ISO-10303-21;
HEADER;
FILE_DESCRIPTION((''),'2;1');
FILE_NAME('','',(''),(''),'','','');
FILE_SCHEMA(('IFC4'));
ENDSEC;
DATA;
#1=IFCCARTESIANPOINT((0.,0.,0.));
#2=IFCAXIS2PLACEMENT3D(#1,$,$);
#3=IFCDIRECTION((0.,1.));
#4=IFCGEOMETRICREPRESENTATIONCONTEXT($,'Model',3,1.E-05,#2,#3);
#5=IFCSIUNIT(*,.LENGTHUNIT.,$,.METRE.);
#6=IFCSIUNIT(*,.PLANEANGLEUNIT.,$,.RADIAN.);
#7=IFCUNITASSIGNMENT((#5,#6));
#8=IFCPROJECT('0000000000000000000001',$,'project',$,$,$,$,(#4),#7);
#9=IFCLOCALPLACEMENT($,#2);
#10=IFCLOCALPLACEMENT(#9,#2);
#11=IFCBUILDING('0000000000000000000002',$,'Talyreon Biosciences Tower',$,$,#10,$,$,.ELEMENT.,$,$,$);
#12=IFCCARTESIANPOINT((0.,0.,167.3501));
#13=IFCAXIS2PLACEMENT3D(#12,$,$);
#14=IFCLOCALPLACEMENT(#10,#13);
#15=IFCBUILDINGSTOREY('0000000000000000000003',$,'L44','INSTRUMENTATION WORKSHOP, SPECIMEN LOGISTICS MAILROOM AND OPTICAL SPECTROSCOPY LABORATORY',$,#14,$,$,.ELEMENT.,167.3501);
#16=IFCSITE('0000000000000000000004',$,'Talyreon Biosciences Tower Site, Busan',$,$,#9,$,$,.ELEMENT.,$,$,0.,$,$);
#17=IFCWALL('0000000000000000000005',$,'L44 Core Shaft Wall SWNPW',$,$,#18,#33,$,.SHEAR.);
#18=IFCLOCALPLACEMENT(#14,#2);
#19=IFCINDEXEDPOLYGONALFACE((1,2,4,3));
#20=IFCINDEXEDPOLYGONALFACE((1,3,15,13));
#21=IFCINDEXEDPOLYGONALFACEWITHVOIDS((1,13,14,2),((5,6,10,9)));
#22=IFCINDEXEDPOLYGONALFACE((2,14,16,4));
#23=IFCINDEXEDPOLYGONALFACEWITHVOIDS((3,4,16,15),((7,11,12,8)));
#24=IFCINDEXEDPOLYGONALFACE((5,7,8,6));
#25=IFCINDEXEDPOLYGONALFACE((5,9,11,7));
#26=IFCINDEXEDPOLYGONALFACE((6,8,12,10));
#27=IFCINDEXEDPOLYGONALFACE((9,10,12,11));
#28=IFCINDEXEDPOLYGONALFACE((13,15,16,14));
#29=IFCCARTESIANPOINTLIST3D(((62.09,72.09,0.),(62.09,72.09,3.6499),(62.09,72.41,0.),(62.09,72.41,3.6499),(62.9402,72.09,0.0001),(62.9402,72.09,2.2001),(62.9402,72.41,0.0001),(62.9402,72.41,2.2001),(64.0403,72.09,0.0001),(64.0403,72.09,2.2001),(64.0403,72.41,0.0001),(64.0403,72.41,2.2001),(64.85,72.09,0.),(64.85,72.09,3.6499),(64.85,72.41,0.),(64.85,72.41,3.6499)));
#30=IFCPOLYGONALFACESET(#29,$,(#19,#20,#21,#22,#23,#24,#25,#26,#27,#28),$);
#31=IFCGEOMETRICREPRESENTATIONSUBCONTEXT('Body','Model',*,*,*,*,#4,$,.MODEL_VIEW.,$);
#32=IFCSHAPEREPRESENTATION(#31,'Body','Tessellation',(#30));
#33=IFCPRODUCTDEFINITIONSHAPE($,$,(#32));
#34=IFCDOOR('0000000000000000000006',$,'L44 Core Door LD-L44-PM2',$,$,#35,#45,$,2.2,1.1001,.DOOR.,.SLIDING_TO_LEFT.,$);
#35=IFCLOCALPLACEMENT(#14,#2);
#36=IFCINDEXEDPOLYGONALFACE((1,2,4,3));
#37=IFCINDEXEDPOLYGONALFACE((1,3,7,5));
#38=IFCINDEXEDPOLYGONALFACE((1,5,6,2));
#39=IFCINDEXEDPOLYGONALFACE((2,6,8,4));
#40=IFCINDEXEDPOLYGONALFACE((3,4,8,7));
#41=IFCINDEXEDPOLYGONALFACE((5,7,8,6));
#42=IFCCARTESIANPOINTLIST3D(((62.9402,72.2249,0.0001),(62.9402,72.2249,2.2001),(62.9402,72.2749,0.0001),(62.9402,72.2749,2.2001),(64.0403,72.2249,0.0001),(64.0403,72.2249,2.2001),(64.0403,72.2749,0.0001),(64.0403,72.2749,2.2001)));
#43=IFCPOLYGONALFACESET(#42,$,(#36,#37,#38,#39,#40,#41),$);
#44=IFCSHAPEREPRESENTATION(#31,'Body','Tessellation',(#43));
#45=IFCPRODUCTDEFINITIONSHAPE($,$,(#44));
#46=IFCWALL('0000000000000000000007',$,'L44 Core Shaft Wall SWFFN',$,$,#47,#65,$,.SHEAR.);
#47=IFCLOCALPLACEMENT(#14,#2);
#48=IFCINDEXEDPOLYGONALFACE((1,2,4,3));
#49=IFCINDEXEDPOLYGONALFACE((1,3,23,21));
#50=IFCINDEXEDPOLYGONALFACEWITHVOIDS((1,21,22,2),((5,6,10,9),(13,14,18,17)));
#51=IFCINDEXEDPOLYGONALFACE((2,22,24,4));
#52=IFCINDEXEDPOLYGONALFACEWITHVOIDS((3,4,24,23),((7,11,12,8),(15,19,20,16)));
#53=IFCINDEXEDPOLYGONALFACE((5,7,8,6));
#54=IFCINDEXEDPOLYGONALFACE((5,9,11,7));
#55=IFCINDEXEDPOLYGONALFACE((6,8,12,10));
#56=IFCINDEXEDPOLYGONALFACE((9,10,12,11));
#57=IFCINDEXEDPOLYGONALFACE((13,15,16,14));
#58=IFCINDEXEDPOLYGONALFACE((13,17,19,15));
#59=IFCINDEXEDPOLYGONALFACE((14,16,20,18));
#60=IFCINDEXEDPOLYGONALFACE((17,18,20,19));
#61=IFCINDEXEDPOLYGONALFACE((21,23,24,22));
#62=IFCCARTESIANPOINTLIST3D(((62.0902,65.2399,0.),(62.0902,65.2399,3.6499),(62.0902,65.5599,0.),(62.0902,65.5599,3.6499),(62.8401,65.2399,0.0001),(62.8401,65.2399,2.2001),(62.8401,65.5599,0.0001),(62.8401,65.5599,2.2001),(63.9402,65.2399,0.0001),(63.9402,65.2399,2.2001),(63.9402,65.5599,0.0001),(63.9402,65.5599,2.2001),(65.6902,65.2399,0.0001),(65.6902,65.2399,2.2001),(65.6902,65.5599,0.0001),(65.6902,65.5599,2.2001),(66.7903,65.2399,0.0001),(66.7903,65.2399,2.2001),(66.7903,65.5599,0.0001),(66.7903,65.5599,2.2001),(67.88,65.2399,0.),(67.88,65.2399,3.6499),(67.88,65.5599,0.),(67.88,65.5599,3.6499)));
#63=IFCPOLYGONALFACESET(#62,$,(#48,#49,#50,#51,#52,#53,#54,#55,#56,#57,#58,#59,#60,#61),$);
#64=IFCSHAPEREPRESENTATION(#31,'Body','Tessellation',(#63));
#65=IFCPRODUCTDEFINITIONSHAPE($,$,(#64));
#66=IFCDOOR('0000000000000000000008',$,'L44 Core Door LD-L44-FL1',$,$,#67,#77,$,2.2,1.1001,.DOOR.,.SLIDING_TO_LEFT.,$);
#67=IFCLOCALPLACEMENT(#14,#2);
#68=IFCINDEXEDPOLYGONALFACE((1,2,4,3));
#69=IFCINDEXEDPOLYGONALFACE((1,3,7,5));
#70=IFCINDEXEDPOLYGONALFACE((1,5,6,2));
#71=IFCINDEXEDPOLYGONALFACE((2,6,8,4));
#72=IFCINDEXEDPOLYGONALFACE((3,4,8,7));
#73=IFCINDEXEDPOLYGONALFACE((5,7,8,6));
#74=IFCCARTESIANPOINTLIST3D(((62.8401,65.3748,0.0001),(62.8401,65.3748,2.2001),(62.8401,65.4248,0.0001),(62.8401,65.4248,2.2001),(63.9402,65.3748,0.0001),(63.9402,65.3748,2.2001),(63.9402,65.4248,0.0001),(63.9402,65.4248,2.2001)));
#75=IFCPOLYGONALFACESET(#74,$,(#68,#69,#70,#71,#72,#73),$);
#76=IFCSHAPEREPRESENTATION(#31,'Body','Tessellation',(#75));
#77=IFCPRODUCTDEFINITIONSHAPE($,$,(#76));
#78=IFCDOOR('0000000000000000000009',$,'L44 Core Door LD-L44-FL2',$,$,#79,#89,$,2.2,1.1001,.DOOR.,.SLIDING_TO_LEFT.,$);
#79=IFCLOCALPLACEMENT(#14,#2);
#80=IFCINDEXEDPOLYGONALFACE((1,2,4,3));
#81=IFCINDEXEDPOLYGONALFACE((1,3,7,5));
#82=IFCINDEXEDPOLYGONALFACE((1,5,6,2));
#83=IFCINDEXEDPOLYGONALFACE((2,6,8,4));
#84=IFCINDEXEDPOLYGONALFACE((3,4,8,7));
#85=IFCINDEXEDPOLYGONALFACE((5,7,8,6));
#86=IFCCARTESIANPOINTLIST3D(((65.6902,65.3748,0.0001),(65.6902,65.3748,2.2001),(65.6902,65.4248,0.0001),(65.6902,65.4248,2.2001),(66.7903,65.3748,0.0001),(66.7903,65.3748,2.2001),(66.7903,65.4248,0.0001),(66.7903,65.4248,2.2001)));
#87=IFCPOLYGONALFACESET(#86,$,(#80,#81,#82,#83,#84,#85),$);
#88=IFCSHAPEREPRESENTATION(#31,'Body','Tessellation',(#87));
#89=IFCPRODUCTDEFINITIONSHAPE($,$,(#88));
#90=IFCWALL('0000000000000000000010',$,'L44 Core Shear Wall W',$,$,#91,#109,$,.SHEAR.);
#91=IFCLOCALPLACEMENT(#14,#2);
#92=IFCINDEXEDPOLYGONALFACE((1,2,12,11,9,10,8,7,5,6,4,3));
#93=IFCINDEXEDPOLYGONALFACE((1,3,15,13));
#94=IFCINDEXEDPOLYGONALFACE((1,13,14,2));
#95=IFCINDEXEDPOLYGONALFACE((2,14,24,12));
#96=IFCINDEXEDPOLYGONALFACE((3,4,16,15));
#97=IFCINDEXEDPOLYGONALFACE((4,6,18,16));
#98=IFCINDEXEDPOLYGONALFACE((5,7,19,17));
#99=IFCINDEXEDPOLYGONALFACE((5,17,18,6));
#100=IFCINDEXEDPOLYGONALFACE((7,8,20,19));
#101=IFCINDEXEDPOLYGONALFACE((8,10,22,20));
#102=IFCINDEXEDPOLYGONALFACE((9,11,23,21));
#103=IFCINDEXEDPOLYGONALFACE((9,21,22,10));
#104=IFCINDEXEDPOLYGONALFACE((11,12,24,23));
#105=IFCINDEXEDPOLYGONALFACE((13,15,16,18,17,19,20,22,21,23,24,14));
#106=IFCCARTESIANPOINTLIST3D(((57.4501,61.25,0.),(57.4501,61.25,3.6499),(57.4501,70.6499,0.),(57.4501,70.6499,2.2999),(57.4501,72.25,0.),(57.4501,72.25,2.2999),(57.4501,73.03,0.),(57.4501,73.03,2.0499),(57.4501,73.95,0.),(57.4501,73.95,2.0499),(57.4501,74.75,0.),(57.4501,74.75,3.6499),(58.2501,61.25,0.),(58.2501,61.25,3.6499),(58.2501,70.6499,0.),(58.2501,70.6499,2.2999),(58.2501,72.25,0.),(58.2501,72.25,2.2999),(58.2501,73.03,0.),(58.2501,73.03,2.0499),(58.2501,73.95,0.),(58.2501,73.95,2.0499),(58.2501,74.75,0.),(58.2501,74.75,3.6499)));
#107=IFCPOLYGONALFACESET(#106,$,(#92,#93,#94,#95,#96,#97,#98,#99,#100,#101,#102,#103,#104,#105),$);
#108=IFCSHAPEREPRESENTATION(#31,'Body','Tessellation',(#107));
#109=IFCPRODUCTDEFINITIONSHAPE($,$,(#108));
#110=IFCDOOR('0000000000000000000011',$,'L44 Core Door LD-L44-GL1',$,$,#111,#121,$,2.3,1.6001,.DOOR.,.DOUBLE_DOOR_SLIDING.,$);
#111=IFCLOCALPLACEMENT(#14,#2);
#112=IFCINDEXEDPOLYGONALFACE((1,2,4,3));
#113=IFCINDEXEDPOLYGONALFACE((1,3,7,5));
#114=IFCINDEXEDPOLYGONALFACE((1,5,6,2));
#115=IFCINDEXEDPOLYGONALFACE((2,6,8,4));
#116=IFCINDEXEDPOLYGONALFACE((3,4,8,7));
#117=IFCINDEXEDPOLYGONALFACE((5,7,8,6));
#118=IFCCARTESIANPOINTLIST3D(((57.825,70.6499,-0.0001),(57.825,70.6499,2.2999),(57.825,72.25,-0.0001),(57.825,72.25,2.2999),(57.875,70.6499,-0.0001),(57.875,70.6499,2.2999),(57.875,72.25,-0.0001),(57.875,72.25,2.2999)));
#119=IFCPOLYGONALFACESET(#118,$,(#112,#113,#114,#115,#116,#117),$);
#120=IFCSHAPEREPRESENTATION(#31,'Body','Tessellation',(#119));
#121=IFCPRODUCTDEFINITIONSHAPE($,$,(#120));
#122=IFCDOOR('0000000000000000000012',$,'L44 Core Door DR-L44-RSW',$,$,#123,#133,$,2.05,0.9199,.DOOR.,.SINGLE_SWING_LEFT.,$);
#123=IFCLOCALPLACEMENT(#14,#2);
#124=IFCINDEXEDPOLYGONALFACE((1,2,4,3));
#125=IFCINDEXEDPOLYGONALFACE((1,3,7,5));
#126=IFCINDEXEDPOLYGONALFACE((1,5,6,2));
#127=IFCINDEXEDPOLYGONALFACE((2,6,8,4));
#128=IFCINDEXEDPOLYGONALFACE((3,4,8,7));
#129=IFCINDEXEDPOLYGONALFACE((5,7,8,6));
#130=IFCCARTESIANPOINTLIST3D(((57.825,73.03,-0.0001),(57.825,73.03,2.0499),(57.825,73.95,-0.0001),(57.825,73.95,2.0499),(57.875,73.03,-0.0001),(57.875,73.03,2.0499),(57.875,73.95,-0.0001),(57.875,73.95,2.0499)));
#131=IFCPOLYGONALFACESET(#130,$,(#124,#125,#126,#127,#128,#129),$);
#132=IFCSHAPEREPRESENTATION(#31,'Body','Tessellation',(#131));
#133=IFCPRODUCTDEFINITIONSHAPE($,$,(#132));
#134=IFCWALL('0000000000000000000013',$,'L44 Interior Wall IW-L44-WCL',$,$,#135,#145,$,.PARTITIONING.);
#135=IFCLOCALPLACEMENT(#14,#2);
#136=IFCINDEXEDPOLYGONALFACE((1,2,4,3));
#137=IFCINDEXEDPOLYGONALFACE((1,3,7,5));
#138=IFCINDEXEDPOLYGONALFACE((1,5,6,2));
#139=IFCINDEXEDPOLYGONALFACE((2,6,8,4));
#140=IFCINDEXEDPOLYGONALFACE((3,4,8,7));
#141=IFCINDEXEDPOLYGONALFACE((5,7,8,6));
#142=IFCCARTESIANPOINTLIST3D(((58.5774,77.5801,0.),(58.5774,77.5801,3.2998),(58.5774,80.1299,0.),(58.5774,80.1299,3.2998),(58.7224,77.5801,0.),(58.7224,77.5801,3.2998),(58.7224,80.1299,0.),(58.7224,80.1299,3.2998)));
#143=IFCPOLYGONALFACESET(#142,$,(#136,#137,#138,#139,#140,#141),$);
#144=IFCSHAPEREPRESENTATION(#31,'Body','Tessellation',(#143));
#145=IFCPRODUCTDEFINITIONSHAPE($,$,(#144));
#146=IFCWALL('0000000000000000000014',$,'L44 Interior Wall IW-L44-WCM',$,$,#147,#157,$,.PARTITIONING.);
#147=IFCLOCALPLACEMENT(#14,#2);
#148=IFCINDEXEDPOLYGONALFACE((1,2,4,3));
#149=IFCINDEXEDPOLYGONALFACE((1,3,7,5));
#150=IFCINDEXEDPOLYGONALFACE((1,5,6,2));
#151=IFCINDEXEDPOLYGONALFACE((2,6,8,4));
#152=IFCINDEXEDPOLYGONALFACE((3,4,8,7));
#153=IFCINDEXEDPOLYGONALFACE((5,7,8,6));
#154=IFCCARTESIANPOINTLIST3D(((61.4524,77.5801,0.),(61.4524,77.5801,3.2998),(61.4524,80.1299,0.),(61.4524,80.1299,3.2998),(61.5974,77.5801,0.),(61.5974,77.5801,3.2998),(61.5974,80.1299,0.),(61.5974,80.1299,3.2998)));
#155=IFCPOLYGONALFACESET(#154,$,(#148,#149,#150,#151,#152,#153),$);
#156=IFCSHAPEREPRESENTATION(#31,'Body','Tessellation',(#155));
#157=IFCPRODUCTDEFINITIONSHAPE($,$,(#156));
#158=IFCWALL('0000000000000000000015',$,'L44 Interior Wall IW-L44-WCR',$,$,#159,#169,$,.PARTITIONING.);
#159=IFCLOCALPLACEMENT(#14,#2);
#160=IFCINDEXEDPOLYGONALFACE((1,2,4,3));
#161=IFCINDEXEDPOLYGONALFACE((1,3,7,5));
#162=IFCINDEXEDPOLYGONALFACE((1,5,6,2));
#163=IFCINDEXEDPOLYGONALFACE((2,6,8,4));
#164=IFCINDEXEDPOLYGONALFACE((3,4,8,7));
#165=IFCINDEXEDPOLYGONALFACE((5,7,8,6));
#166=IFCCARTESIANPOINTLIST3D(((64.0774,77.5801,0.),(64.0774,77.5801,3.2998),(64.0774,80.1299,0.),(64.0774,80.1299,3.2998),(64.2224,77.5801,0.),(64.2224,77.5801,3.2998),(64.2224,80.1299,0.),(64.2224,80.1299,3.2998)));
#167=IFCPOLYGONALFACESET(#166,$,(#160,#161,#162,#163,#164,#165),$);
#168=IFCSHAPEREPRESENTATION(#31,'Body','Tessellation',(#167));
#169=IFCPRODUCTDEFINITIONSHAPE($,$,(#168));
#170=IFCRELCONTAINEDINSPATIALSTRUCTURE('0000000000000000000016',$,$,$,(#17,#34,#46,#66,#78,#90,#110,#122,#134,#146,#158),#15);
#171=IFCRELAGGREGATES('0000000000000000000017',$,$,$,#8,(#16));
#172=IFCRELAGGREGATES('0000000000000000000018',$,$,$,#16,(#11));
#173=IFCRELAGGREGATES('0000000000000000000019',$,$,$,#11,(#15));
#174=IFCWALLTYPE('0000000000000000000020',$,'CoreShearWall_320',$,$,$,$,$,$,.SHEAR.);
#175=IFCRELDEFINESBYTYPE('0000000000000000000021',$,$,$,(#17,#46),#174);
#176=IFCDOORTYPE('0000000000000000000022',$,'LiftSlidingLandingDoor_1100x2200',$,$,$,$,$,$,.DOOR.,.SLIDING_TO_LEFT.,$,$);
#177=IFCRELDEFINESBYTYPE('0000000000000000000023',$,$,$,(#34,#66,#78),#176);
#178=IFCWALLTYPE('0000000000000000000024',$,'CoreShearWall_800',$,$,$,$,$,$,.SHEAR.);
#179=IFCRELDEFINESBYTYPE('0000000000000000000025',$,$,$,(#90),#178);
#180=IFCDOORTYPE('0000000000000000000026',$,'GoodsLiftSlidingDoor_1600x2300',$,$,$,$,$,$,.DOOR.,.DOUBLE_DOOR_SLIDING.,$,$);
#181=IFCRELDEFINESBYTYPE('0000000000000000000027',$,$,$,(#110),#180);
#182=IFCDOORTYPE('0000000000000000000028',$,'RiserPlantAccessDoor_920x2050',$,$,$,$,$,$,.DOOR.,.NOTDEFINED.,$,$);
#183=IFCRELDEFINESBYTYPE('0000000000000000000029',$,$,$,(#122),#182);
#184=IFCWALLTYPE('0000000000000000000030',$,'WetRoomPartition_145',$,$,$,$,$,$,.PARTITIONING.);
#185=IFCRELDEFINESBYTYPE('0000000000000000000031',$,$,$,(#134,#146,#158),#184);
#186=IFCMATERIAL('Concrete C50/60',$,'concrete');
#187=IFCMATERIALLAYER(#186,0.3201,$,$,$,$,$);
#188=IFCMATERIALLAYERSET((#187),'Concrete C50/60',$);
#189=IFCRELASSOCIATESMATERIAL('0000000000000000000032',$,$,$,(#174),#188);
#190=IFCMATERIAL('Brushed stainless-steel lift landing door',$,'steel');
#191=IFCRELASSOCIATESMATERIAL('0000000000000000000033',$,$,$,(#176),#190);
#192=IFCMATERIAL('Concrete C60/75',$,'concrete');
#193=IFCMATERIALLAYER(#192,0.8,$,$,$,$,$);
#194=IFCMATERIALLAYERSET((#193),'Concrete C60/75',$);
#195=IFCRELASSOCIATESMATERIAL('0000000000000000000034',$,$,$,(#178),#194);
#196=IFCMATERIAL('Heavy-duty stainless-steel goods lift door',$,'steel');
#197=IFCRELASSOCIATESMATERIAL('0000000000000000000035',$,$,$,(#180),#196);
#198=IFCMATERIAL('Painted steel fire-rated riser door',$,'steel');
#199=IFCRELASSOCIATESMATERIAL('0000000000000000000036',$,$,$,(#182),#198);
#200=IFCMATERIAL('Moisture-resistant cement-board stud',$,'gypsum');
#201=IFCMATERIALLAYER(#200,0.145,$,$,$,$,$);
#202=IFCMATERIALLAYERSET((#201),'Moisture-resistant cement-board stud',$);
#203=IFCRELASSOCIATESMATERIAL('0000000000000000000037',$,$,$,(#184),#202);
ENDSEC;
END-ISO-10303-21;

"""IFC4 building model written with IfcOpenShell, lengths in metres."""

from ifc_helpers import new_model, si_unit, direction, frame, frame_2d, origin, place, context, subcontext, project, spatial, rectangle, extrude, material, layer, layer_set, type_object, element, fill, save


model = new_model("IFC4")

# Units and contexts
model_context = context("Model", 3, precision=1e-05, world=origin(), true_north=direction((0.0, 1.0)))
body_context = subcontext(model_context, "Body", "Model", "MODEL_VIEW")
ifc_project = project(units=[si_unit("LENGTHUNIT", "METRE"), si_unit("PLANEANGLEUNIT", "RADIAN")], contexts=[model_context])

# Site, building, storey
site_placement = place(None, origin())
site = spatial("IfcSite", under=ifc_project, at=site_placement, Name="Talyreon Biosciences Tower Site, Busan", CompositionType="ELEMENT", RefElevation=0.0)
building_placement = place(site_placement, origin())
building = spatial("IfcBuilding", under=site, at=building_placement, Name="Talyreon Biosciences Tower", CompositionType="ELEMENT")
storey_placement = place(building_placement, frame((0.0, 0.0, 167.3501)))
storey = spatial("IfcBuildingStorey", under=building, at=storey_placement, Name="L44", Description="INSTRUMENTATION WORKSHOP, SPECIMEN LOGISTICS MAILROOM AND OPTICAL SPECTROSCOPY LABORATORY", CompositionType="ELEMENT", Elevation=167.3501)

# Shared definitions
ifc_material_1 = material(Name="Concrete C50/60", Category="concrete")

# Shared definitions
ifc_material_2 = material(Name="Concrete C60/75", Category="concrete")

# Shared definitions
ifc_layer_1 = layer(ifc_material_1, 0.3201)
ifc_layer_set_1 = layer_set([ifc_layer_1], Name="Concrete C50/60")
wall_type_1 = type_object("IfcWallType", Name="CoreShearWall_320", PredefinedType="SHEAR", material=ifc_layer_set_1)

# Shared definitions
ifc_material_3 = material(Name="Brushed stainless-steel lift landing door", Category="steel")
door_type_1 = type_object("IfcDoorType", Name="LiftSlidingLandingDoor_1100x2200", OperationType="SLIDING_TO_LEFT", PredefinedType="DOOR", material=ifc_material_3)

# Wall, opening, door
wall_1_placement = place(storey_placement, frame((62.0901, 72.25, 0.0), z_axis=(0.0, 0.0, 1.0), x_axis=(1.0, 0.0, 0.0)))
wall_1 = element("IfcWall", 1, at=wall_1_placement, inside=storey, type_object=wall_type_1, Name="L44 Core Shaft Wall SWNPW", PredefinedType="SHEAR", context=body_context, shape_type="SweptSolid", body=[
    extrude(rectangle(XDim=2.76, YDim=0.3201, at=frame_2d((1.3799, 0.0))), origin(), (0.0, 0.0, 1.0), 3.6499),
])
opening_1_placement = place(wall_1_placement, frame((0.8501, 0.0, 0.0)))
opening_1 = element("IfcOpeningElement", 2, at=opening_1_placement, cuts=wall_1, PredefinedType="OPENING", context=body_context, shape_type="SweptSolid", body=[
    extrude(rectangle(XDim=1.1001, YDim=2.2, at=frame_2d((0.55, 1.1001))), frame((0.0, 0.1699, 0.0), z_axis=(0.0, -1.0, 0.0), x_axis=(1.0, 0.0, 0.0)), (0.0, 0.0, 1.0), 0.3401),
])
door_1_placement = place(opening_1_placement, origin())
door_1 = element("IfcDoor", 3, at=door_1_placement, inside=storey, type_object=door_type_1, Name="L44 Core Door LD-L44-PM2", OperationType="SLIDING_TO_LEFT", OverallHeight=2.2, OverallWidth=1.1001, PredefinedType="DOOR", context=body_context, shape_type="SweptSolid", body=[
    extrude(rectangle(XDim=1.1001, YDim=2.2, at=frame_2d((0.55, 1.1001))), frame((0.0, 0.0249, 0.0), z_axis=(0.0, -1.0, 0.0), x_axis=(1.0, 0.0, 0.0)), (0.0, 0.0, 1.0), 0.05),
])
fill(opening_1, door_1)

# Walls, openings, doors
wall_2_placement = place(storey_placement, frame((62.0901, 65.3999, 0.0), z_axis=(0.0, 0.0, 1.0), x_axis=(1.0, 0.0, 0.0)))
wall_2 = element("IfcWall", 4, at=wall_2_placement, inside=storey, type_object=wall_type_1, Name="L44 Core Shaft Wall SWFFN", PredefinedType="SHEAR", context=body_context, shape_type="SweptSolid", body=[
    extrude(rectangle(XDim=5.7898, YDim=0.3201, at=frame_2d((2.895, 0.0))), origin(), (0.0, 0.0, 1.0), 3.6499),
])
opening_2_placement = place(wall_2_placement, frame((0.75, 0.0, 0.0)))
opening_2 = element("IfcOpeningElement", 5, at=opening_2_placement, cuts=wall_2, PredefinedType="OPENING", context=body_context, shape_type="SweptSolid", body=[
    extrude(rectangle(XDim=1.1001, YDim=2.2, at=frame_2d((0.55, 1.1001))), frame((0.0, 0.1699, 0.0), z_axis=(0.0, -1.0, 0.0), x_axis=(1.0, 0.0, 0.0)), (0.0, 0.0, 1.0), 0.3401),
])
opening_3_placement = place(wall_2_placement, frame((3.6001, 0.0, 0.0)))
opening_3 = element("IfcOpeningElement", 6, at=opening_3_placement, cuts=wall_2, PredefinedType="OPENING", context=body_context, shape_type="SweptSolid", body=[
    extrude(rectangle(XDim=1.1001, YDim=2.2, at=frame_2d((0.55, 1.1001))), frame((0.0, 0.1699, 0.0), z_axis=(0.0, -1.0, 0.0), x_axis=(1.0, 0.0, 0.0)), (0.0, 0.0, 1.0), 0.3401),
])
door_2_placement = place(opening_2_placement, origin())
door_2 = element("IfcDoor", 7, at=door_2_placement, inside=storey, type_object=door_type_1, Name="L44 Core Door LD-L44-FL1", OperationType="SLIDING_TO_LEFT", OverallHeight=2.2, OverallWidth=1.1001, PredefinedType="DOOR", context=body_context, shape_type="SweptSolid", body=[
    extrude(rectangle(XDim=1.1001, YDim=2.2, at=frame_2d((0.55, 1.1001))), frame((0.0, 0.0249, 0.0), z_axis=(0.0, -1.0, 0.0), x_axis=(1.0, 0.0, 0.0)), (0.0, 0.0, 1.0), 0.05),
])
fill(opening_2, door_2)
door_3_placement = place(opening_3_placement, origin())
door_3 = element("IfcDoor", 8, at=door_3_placement, inside=storey, type_object=door_type_1, Name="L44 Core Door LD-L44-FL2", OperationType="SLIDING_TO_LEFT", OverallHeight=2.2, OverallWidth=1.1001, PredefinedType="DOOR", context=body_context, shape_type="SweptSolid", body=[
    extrude(rectangle(XDim=1.1001, YDim=2.2, at=frame_2d((0.55, 1.1001))), frame((0.0, 0.0249, 0.0), z_axis=(0.0, -1.0, 0.0), x_axis=(1.0, 0.0, 0.0)), (0.0, 0.0, 1.0), 0.05),
])
fill(opening_3, door_3)
ifc_layer_2 = layer(ifc_material_2, 0.8)
ifc_layer_set_2 = layer_set([ifc_layer_2], Name="Concrete C60/75")
wall_type_2 = type_object("IfcWallType", Name="CoreShearWall_800", PredefinedType="SHEAR", material=ifc_layer_set_2)
wall_3_placement = place(storey_placement, frame((57.8501, 74.75, 0.0), z_axis=(0.0, 0.0, 1.0), x_axis=(0.0, -1.0, 0.0)))
wall_3 = element("IfcWall", 9, at=wall_3_placement, inside=storey, type_object=wall_type_2, Name="L44 Core Shear Wall W", PredefinedType="SHEAR", context=body_context, shape_type="SweptSolid", body=[
    extrude(rectangle(XDim=13.5, YDim=0.8, at=frame_2d((6.75, 0.0))), origin(), (0.0, 0.0, 1.0), 3.6499),
])
opening_4_placement = place(wall_3_placement, frame((0.8, 0.0, 0.0)))
opening_4 = element("IfcOpeningElement", 10, at=opening_4_placement, cuts=wall_3, PredefinedType="OPENING", context=body_context, shape_type="SweptSolid", body=[
    extrude(rectangle(XDim=0.9199, YDim=2.05, at=frame_2d((0.46, 1.0249))), frame((0.0, 0.4099, 0.0), z_axis=(0.0, -1.0, 0.0), x_axis=(1.0, 0.0, 0.0)), (0.0, 0.0, 1.0), 0.8201),
])
opening_5_placement = place(wall_3_placement, frame((2.5, 0.0, 0.0)))
opening_5 = element("IfcOpeningElement", 11, at=opening_5_placement, cuts=wall_3, PredefinedType="OPENING", context=body_context, shape_type="SweptSolid", body=[
    extrude(rectangle(XDim=1.6001, YDim=2.3, at=frame_2d((0.8, 1.1499))), frame((0.0, 0.4099, 0.0), z_axis=(0.0, -1.0, 0.0), x_axis=(1.0, 0.0, 0.0)), (0.0, 0.0, 1.0), 0.8201),
])
ifc_material_4 = material(Name="Heavy-duty stainless-steel goods lift door", Category="steel")
door_type_2 = type_object("IfcDoorType", Name="GoodsLiftSlidingDoor_1600x2300", OperationType="DOUBLE_DOOR_SLIDING", PredefinedType="DOOR", material=ifc_material_4)
door_4_placement = place(opening_5_placement, origin())
door_4 = element("IfcDoor", 12, at=door_4_placement, inside=storey, type_object=door_type_2, Name="L44 Core Door LD-L44-GL1", OperationType="DOUBLE_DOOR_SLIDING", OverallHeight=2.3, OverallWidth=1.6001, PredefinedType="DOOR", context=body_context, shape_type="SweptSolid", body=[
    extrude(rectangle(XDim=1.6001, YDim=2.3, at=frame_2d((0.8, 1.1499))), frame((0.0, 0.0249, 0.0), z_axis=(0.0, -1.0, 0.0), x_axis=(1.0, 0.0, 0.0)), (0.0, 0.0, 1.0), 0.05),
])
fill(opening_5, door_4)
ifc_material_5 = material(Name="Painted steel fire-rated riser door", Category="steel")
door_type_3 = type_object("IfcDoorType", Name="RiserPlantAccessDoor_920x2050", OperationType="NOTDEFINED", PredefinedType="DOOR", material=ifc_material_5)
door_5_placement = place(opening_4_placement, origin())
door_5 = element("IfcDoor", 13, at=door_5_placement, inside=storey, type_object=door_type_3, Name="L44 Core Door DR-L44-RSW", OperationType="SINGLE_SWING_LEFT", OverallHeight=2.05, OverallWidth=0.9199, PredefinedType="DOOR", context=body_context, shape_type="SweptSolid", body=[
    extrude(rectangle(XDim=0.9199, YDim=2.05, at=frame_2d((0.46, 1.0249))), frame((0.0, 0.0249, 0.0), z_axis=(0.0, -1.0, 0.0), x_axis=(1.0, 0.0, 0.0)), (0.0, 0.0, 1.0), 0.05),
])
fill(opening_4, door_5)

# Walls
ifc_material_6 = material(Name="Moisture-resistant cement-board stud", Category="gypsum")
ifc_layer_3 = layer(ifc_material_6, 0.145)
ifc_layer_set_3 = layer_set([ifc_layer_3], Name="Moisture-resistant cement-board stud")
wall_type_3 = type_object("IfcWallType", Name="WetRoomPartition_145", PredefinedType="PARTITIONING", material=ifc_layer_set_3)
for number, where, z_axis, x_axis, name in (
    (14, (58.6499, 77.5801, 0.0), (0.0, 0.0, 1.0), (0.0, 1.0, 0.0), "L44 Interior Wall IW-L44-WCL"),
    (15, (61.5249, 77.5801, 0.0), (0.0, 0.0, 1.0), (0.0, 1.0, 0.0), "L44 Interior Wall IW-L44-WCM"),
    (16, (64.1499, 77.5801, 0.0), (0.0, 0.0, 1.0), (0.0, 1.0, 0.0), "L44 Interior Wall IW-L44-WCR"),
):
    element("IfcWall", number, at=place(storey_placement, frame(where, z_axis=z_axis, x_axis=x_axis)), inside=storey, type_object=wall_type_3, Name=name, PredefinedType="PARTITIONING", context=body_context, shape_type="SweptSolid", body=[
        extrude(rectangle(XDim=2.5498, YDim=0.145, at=frame_2d((1.2749, 0.0))), origin(), (0.0, 0.0, 1.0), 3.2998),
    ])

save(model, "model.ifc")
